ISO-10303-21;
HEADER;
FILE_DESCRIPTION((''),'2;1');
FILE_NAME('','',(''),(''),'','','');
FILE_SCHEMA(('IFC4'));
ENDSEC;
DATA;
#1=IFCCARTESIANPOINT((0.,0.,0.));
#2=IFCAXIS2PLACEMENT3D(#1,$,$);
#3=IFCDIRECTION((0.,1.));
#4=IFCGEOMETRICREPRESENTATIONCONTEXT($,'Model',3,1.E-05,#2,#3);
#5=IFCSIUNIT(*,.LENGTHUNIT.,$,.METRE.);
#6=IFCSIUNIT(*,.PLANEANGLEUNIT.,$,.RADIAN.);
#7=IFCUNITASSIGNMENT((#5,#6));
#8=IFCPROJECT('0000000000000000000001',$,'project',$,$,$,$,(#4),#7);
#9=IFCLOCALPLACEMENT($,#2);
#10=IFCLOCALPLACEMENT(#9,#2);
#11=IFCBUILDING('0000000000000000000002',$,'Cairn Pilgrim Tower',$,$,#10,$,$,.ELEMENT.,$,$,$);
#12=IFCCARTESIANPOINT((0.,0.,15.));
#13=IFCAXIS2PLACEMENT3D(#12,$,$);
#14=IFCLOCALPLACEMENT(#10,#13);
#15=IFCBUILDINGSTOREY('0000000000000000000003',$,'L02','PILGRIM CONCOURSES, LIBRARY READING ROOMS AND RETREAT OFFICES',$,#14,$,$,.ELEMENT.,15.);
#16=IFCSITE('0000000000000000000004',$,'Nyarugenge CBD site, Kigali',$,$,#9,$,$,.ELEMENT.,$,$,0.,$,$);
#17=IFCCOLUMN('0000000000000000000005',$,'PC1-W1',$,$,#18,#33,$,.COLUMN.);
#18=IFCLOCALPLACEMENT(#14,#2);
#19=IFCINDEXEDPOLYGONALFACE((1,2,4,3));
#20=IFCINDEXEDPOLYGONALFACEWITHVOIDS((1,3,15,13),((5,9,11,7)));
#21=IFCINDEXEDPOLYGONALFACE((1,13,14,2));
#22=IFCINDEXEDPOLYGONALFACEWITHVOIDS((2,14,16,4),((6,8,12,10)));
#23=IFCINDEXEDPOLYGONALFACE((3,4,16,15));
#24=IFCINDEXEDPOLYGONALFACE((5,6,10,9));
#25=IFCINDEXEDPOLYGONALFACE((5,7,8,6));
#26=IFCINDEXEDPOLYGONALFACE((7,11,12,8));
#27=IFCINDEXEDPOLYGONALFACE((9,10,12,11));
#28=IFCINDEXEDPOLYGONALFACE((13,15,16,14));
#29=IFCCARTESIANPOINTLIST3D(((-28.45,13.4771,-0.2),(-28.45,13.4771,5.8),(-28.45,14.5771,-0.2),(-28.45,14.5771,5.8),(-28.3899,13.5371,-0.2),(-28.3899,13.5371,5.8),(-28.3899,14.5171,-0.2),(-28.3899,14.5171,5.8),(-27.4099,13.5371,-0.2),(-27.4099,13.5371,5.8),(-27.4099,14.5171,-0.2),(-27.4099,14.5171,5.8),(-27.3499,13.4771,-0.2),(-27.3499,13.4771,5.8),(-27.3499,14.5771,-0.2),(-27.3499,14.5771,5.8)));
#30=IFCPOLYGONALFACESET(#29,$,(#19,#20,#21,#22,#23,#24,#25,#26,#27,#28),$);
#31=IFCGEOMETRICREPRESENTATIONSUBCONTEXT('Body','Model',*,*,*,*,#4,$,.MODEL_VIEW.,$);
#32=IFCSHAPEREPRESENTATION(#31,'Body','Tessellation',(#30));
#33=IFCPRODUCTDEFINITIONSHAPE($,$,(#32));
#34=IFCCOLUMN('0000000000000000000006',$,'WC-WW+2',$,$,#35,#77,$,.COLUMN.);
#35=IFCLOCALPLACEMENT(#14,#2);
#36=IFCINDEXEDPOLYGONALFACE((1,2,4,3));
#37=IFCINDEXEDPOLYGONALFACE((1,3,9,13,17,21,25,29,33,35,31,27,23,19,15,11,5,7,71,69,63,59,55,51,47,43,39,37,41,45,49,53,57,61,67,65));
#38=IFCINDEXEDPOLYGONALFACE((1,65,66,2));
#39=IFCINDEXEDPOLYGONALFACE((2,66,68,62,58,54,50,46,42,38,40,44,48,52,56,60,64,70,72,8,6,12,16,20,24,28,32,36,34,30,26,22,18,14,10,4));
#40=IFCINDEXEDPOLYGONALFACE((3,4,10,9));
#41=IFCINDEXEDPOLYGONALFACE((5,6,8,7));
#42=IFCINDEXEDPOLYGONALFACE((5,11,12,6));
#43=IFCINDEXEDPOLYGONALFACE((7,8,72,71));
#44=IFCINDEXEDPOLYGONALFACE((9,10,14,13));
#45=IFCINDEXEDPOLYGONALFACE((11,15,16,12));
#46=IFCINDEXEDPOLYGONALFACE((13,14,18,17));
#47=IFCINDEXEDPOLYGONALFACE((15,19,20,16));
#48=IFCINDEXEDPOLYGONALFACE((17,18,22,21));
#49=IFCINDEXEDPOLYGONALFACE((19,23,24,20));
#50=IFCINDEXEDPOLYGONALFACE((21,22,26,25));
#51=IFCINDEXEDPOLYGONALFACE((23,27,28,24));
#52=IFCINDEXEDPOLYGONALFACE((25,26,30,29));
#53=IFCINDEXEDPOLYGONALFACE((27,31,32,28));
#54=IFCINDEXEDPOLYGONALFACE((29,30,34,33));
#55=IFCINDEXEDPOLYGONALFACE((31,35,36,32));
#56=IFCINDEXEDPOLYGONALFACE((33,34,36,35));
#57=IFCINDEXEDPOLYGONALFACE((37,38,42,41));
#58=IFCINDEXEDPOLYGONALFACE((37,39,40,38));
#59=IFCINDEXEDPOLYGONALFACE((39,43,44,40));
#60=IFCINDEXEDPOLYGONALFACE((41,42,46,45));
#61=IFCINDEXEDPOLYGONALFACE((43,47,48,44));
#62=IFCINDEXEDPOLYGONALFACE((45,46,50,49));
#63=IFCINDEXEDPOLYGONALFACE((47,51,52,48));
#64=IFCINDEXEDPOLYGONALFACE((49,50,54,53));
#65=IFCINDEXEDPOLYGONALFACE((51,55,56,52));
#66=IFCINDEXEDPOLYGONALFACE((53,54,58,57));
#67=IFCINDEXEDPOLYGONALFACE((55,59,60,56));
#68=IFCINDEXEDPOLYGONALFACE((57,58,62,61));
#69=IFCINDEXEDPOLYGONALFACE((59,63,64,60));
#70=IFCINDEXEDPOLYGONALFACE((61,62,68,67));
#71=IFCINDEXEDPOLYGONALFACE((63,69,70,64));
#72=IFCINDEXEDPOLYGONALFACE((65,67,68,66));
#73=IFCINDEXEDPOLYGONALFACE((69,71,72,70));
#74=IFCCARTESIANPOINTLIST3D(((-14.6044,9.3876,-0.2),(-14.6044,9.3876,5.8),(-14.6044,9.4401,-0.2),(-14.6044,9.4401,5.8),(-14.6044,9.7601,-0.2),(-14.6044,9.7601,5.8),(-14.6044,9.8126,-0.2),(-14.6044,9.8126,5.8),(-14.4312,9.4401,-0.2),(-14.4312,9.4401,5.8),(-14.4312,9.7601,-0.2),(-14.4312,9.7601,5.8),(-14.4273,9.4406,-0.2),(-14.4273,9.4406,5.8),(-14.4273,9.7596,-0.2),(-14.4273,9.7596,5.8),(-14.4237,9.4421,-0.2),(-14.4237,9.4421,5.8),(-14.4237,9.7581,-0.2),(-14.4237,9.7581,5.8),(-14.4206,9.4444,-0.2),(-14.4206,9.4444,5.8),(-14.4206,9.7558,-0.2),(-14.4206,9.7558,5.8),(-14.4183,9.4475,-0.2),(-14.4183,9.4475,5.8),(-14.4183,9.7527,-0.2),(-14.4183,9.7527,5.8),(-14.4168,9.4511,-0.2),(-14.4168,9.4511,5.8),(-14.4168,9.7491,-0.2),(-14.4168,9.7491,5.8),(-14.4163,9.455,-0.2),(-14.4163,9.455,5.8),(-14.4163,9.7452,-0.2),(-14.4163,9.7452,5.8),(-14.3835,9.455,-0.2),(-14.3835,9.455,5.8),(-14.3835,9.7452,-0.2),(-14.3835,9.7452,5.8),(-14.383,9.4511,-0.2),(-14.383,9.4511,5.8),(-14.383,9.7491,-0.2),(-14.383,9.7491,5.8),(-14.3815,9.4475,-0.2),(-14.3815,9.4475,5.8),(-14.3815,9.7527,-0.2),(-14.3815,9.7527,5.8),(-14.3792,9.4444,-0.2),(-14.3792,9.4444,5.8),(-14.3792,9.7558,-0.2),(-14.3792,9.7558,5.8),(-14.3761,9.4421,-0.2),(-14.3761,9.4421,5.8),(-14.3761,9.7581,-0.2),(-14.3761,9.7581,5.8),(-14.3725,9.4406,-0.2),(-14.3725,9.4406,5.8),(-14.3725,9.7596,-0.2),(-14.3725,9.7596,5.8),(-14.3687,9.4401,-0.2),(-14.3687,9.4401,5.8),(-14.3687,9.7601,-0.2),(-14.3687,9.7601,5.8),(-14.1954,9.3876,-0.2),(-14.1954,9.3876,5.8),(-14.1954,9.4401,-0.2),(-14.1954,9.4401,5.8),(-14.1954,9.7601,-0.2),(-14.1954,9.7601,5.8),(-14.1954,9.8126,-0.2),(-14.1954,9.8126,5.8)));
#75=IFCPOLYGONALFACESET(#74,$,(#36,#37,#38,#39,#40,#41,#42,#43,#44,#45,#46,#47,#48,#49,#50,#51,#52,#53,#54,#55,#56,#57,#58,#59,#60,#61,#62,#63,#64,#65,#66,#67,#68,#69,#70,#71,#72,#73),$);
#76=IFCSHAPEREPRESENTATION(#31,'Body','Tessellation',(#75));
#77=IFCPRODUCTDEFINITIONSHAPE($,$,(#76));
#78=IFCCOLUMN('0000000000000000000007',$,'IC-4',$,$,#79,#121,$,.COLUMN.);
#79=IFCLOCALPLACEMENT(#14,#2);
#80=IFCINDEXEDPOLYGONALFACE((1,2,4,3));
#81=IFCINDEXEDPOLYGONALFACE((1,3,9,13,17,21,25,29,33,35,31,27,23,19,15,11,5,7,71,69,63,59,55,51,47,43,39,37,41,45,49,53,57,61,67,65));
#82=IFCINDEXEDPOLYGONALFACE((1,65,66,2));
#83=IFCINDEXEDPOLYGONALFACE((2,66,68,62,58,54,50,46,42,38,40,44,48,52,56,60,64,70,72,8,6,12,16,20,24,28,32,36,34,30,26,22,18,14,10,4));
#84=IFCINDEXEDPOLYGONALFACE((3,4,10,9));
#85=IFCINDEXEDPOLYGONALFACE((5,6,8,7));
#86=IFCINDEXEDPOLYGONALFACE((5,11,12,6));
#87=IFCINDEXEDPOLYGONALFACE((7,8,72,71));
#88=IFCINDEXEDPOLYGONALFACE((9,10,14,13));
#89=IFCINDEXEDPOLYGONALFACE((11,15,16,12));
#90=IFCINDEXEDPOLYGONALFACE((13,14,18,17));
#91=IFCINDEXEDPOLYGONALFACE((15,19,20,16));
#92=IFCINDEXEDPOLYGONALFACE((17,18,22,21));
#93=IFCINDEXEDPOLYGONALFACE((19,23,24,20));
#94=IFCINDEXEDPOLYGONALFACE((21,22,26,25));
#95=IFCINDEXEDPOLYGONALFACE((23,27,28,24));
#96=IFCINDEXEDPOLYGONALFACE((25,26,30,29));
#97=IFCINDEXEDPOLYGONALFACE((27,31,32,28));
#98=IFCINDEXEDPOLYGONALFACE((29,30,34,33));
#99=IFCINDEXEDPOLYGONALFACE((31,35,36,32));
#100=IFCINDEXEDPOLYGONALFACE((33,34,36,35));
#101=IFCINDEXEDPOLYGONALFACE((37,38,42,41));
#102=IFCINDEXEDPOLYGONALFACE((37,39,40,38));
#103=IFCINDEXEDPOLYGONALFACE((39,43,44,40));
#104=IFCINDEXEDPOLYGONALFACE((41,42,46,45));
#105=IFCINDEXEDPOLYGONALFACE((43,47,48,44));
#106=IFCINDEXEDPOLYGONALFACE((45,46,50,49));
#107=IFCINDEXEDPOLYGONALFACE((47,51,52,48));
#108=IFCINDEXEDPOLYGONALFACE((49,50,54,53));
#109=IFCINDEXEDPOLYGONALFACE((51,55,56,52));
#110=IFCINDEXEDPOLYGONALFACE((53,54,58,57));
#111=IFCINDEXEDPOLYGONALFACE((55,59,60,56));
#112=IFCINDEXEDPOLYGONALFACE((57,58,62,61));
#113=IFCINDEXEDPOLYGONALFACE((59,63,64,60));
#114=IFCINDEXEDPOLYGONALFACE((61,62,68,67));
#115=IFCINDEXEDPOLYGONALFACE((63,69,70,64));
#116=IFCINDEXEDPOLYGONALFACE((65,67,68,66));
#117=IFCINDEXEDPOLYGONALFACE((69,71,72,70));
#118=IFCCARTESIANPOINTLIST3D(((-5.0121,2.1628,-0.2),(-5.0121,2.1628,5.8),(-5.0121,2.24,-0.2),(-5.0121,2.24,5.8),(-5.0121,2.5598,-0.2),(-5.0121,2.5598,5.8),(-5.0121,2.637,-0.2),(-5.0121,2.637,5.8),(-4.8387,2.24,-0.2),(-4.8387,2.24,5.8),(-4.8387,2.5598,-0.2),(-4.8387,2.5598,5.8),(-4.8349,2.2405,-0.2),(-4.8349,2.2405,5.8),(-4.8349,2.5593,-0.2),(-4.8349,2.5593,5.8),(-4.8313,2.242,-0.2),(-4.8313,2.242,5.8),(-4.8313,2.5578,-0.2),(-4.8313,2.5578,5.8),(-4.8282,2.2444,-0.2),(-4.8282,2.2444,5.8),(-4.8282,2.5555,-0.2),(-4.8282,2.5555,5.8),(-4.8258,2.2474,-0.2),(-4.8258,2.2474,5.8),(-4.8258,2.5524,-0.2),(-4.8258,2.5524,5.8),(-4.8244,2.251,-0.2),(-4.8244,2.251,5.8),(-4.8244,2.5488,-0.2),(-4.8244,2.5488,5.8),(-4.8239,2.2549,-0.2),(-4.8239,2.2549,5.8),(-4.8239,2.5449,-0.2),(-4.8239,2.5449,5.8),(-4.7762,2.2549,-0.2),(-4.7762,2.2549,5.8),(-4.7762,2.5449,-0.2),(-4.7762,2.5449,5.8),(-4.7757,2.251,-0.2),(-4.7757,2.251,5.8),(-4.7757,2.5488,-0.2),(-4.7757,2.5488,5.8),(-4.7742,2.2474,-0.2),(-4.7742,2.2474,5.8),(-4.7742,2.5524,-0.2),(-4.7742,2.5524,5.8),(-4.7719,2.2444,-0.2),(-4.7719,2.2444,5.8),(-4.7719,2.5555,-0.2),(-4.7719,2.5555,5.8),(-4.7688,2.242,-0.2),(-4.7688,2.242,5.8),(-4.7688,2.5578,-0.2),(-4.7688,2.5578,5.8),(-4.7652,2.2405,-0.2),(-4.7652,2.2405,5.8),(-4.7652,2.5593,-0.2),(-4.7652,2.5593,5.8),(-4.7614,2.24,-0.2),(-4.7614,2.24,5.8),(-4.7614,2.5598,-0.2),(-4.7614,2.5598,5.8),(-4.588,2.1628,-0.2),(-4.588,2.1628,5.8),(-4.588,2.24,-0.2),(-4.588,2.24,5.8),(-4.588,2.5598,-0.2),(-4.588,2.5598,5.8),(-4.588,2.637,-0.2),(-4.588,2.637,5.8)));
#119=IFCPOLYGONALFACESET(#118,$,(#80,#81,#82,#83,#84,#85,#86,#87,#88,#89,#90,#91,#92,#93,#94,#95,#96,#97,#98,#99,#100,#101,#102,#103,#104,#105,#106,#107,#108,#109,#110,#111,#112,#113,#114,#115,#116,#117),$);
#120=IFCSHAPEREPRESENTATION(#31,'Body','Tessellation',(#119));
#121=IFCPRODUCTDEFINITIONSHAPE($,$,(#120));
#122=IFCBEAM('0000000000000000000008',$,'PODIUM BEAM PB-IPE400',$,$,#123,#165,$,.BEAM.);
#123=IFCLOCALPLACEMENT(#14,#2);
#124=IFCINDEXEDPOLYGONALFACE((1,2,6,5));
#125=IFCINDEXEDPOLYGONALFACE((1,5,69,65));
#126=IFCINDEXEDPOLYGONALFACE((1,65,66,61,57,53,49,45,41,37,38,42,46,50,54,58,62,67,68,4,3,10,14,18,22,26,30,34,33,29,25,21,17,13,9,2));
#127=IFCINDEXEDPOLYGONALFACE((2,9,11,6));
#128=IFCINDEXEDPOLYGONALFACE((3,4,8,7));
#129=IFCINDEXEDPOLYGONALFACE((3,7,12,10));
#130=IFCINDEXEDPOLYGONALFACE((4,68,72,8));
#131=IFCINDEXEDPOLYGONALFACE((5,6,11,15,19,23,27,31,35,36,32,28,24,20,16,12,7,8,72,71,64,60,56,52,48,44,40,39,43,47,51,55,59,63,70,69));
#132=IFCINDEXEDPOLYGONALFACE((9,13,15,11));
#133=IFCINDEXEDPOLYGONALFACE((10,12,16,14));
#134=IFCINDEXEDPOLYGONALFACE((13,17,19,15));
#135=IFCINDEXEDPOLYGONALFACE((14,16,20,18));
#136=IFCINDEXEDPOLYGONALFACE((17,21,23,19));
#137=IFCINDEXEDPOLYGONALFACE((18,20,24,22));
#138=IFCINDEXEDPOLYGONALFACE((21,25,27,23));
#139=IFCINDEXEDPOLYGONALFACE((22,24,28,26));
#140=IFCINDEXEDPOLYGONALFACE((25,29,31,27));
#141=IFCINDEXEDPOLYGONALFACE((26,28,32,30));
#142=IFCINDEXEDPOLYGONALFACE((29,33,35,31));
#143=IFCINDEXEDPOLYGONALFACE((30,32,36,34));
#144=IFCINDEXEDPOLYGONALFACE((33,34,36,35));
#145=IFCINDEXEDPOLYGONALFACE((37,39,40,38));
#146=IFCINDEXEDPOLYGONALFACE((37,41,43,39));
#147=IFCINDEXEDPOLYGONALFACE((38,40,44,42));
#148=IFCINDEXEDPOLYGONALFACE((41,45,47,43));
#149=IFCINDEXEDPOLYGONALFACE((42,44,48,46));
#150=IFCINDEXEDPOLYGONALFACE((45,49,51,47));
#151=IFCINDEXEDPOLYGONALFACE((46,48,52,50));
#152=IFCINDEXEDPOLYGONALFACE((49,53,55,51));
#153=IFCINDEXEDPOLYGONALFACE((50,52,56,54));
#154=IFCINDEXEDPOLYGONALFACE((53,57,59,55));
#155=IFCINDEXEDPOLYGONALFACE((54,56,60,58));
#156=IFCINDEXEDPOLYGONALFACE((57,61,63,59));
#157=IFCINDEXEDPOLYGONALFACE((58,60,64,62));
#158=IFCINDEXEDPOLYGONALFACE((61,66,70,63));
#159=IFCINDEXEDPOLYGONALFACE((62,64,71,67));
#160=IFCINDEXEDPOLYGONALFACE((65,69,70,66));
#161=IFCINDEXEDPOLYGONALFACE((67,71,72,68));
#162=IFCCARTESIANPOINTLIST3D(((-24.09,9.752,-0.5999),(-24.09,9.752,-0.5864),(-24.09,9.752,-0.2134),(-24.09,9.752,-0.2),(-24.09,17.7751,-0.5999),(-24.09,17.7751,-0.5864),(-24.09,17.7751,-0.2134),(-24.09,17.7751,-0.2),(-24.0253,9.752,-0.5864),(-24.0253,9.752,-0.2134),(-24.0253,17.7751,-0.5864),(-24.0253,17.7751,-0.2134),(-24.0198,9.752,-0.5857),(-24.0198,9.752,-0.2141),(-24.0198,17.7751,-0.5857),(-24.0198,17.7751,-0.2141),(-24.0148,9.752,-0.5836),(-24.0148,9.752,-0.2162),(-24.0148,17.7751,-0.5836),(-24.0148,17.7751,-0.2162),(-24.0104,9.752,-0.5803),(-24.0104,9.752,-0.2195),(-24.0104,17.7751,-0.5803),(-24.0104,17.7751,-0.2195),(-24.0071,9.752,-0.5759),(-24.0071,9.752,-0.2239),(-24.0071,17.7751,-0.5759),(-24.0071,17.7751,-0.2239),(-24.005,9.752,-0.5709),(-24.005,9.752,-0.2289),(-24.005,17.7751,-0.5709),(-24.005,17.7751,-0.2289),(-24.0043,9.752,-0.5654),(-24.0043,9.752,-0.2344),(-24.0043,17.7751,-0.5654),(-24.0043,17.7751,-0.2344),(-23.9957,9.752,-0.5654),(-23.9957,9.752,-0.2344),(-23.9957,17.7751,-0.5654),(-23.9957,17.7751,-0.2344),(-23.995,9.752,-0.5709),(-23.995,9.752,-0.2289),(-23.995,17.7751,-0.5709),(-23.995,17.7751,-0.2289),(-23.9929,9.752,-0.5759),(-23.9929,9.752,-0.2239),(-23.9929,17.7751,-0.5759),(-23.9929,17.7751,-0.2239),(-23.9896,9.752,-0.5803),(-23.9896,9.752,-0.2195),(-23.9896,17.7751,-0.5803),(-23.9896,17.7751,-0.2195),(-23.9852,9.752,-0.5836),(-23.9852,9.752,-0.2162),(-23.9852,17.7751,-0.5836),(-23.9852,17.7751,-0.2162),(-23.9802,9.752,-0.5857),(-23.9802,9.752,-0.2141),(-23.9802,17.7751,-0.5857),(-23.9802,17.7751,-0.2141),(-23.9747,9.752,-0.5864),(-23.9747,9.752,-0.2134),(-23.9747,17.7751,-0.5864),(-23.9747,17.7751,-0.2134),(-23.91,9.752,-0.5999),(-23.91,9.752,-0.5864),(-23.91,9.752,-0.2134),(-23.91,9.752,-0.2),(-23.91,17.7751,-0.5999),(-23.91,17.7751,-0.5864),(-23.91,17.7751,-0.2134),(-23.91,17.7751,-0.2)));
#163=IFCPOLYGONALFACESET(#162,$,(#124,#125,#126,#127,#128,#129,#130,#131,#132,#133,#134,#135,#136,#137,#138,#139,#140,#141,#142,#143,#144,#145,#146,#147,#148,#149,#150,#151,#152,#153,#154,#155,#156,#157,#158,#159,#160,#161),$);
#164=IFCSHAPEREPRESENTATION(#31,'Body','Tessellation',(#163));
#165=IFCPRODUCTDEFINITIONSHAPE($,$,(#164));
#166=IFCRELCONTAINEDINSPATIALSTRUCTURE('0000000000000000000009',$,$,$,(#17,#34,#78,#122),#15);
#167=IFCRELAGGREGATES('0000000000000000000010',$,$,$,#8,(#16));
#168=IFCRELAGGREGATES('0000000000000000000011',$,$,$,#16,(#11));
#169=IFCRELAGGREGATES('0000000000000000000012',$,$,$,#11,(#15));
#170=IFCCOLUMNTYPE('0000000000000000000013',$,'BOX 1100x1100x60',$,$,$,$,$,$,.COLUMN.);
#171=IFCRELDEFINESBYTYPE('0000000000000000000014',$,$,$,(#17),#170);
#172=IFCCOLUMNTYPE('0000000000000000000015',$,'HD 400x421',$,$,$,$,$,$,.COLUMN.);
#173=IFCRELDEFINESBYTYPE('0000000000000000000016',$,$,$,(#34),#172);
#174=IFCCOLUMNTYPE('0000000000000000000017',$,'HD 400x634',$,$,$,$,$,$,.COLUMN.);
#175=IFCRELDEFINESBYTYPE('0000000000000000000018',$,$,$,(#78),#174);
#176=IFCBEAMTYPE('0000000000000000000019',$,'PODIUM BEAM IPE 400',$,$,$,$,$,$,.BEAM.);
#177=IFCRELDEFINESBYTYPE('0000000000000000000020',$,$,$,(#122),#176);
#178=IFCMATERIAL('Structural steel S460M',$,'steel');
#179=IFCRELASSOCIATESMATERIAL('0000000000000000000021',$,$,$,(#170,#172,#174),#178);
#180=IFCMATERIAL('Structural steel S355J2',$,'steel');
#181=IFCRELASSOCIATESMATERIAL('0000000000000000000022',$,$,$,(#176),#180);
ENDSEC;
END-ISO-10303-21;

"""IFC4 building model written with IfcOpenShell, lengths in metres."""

from ifc_helpers import new_model, si_unit, direction, frame, origin, origin_2d, place, context, subcontext, project, spatial, hollow_rectangle, i_section, extrude, material, material_profile, profile_set, type_object, element, save


model = new_model("IFC4")

# Units and contexts
model_context = context("Model", 3, precision=1e-05, world=origin(), true_north=direction((0.0, 1.0)))
body_context = subcontext(model_context, "Body", "Model", "MODEL_VIEW")
ifc_project = project(units=[si_unit("LENGTHUNIT", "METRE"), si_unit("PLANEANGLEUNIT", "RADIAN")], contexts=[model_context])

# Site, building, storey
site_placement = place(None, origin())
site = spatial("IfcSite", under=ifc_project, at=site_placement, Name="Nyarugenge CBD site, Kigali", CompositionType="ELEMENT", RefElevation=0.0)
building_placement = place(site_placement, origin())
building = spatial("IfcBuilding", under=site, at=building_placement, Name="Cairn Pilgrim Tower", CompositionType="ELEMENT")
storey_placement = place(building_placement, frame((0.0, 0.0, 15.0)))
storey = spatial("IfcBuildingStorey", under=building, at=storey_placement, Name="L02", Description="PILGRIM CONCOURSES, LIBRARY READING ROOMS AND RETREAT OFFICES", CompositionType="ELEMENT", Elevation=15.0)

# Columns
ifc_material_1 = material(Name="Structural steel S460M", Category="steel")
ifc_material_profile_1 = material_profile(ifc_material_1, hollow_rectangle(XDim=1.1001, YDim=1.1001, WallThickness=0.0601, at=origin_2d()), Name="BOX 1100x1100x60")
ifc_profile_set_1 = profile_set([ifc_material_profile_1], Name="Structural steel S460M")
column_type_1 = type_object("IfcColumnType", Name="BOX 1100x1100x60", PredefinedType="COLUMN", material=ifc_profile_set_1)
column_1_placement = place(storey_placement, frame((-27.8999, 14.0271, -0.2), z_axis=(0.0, 0.0, 1.0), x_axis=(1.0, 0.0, 0.0)))
element("IfcColumn", 1, at=column_1_placement, inside=storey, type_object=column_type_1, Name="PC1-W1", PredefinedType="COLUMN", context=body_context, shape_type="SweptSolid", body=[
    extrude(hollow_rectangle(XDim=1.1001, YDim=1.1001, WallThickness=0.0601, at=origin_2d()), origin(), (0.0, 0.0, 1.0), 6.0),
])
ifc_material_profile_2 = material_profile(ifc_material_1, i_section(OverallWidth=0.4089, OverallDepth=0.425, WebThickness=0.0327, FlangeThickness=0.0525, FilletRadius=0.0149, at=origin_2d()), Name="HD 400x421")
ifc_profile_set_2 = profile_set([ifc_material_profile_2], Name="Structural steel S460M")
column_type_2 = type_object("IfcColumnType", Name="HD 400x421", PredefinedType="COLUMN", material=ifc_profile_set_2)
column_2_placement = place(storey_placement, frame((-14.3999, 9.6001, -0.2), z_axis=(0.0, 0.0, 1.0), x_axis=(1.0, 0.0, 0.0)))
element("IfcColumn", 2, at=column_2_placement, inside=storey, type_object=column_type_2, Name="WC-WW+2", PredefinedType="COLUMN", context=body_context, shape_type="SweptSolid", body=[
    extrude(i_section(OverallWidth=0.4089, OverallDepth=0.425, WebThickness=0.0327, FlangeThickness=0.0525, FilletRadius=0.0149, at=origin_2d()), origin(), (0.0, 0.0, 1.0), 6.0),
])
ifc_material_profile_3 = material_profile(ifc_material_1, i_section(OverallWidth=0.4241, OverallDepth=0.4741, WebThickness=0.0476, FlangeThickness=0.0771, FilletRadius=0.0149, at=origin_2d()), Name="HD 400x634")
ifc_profile_set_3 = profile_set([ifc_material_profile_3], Name="Structural steel S460M")
column_type_3 = type_object("IfcColumnType", Name="HD 400x634", PredefinedType="COLUMN", material=ifc_profile_set_3)
column_3_placement = place(storey_placement, frame((-4.8, 2.3999, -0.2), z_axis=(0.0, 0.0, 1.0), x_axis=(1.0, 0.0, 0.0)))
element("IfcColumn", 3, at=column_3_placement, inside=storey, type_object=column_type_3, Name="IC-4", PredefinedType="COLUMN", context=body_context, shape_type="SweptSolid", body=[
    extrude(i_section(OverallWidth=0.4241, OverallDepth=0.4741, WebThickness=0.0476, FlangeThickness=0.0771, FilletRadius=0.0149, at=origin_2d()), origin(), (0.0, 0.0, 1.0), 6.0),
])

# Beam
ifc_material_2 = material(Name="Structural steel S355J2", Category="steel")
ifc_material_profile_4 = material_profile(ifc_material_2, i_section(OverallWidth=0.1799, OverallDepth=0.3999, WebThickness=0.0085, FlangeThickness=0.0134, FilletRadius=0.021, at=origin_2d()), Name="IPE 400")
ifc_profile_set_4 = profile_set([ifc_material_profile_4], Name="Structural steel S355J2")
beam_type_1 = type_object("IfcBeamType", Name="PODIUM BEAM IPE 400", PredefinedType="BEAM", material=ifc_profile_set_4)
beam_1_placement = place(storey_placement, frame((-24.0, 9.752, -0.3999), z_axis=(0.0, 1.0, 0.0), x_axis=(-1.0, 0.0, 0.0)))
element("IfcBeam", 4, at=beam_1_placement, inside=storey, type_object=beam_type_1, Name="PODIUM BEAM PB-IPE400", PredefinedType="BEAM", context=body_context, shape_type="SweptSolid", body=[
    extrude(i_section(OverallWidth=0.1799, OverallDepth=0.3999, WebThickness=0.0085, FlangeThickness=0.0134, FilletRadius=0.021, at=origin_2d()), origin(), (0.0, 0.0, 1.0), 8.0232),
])

save(model, "model.ifc")
